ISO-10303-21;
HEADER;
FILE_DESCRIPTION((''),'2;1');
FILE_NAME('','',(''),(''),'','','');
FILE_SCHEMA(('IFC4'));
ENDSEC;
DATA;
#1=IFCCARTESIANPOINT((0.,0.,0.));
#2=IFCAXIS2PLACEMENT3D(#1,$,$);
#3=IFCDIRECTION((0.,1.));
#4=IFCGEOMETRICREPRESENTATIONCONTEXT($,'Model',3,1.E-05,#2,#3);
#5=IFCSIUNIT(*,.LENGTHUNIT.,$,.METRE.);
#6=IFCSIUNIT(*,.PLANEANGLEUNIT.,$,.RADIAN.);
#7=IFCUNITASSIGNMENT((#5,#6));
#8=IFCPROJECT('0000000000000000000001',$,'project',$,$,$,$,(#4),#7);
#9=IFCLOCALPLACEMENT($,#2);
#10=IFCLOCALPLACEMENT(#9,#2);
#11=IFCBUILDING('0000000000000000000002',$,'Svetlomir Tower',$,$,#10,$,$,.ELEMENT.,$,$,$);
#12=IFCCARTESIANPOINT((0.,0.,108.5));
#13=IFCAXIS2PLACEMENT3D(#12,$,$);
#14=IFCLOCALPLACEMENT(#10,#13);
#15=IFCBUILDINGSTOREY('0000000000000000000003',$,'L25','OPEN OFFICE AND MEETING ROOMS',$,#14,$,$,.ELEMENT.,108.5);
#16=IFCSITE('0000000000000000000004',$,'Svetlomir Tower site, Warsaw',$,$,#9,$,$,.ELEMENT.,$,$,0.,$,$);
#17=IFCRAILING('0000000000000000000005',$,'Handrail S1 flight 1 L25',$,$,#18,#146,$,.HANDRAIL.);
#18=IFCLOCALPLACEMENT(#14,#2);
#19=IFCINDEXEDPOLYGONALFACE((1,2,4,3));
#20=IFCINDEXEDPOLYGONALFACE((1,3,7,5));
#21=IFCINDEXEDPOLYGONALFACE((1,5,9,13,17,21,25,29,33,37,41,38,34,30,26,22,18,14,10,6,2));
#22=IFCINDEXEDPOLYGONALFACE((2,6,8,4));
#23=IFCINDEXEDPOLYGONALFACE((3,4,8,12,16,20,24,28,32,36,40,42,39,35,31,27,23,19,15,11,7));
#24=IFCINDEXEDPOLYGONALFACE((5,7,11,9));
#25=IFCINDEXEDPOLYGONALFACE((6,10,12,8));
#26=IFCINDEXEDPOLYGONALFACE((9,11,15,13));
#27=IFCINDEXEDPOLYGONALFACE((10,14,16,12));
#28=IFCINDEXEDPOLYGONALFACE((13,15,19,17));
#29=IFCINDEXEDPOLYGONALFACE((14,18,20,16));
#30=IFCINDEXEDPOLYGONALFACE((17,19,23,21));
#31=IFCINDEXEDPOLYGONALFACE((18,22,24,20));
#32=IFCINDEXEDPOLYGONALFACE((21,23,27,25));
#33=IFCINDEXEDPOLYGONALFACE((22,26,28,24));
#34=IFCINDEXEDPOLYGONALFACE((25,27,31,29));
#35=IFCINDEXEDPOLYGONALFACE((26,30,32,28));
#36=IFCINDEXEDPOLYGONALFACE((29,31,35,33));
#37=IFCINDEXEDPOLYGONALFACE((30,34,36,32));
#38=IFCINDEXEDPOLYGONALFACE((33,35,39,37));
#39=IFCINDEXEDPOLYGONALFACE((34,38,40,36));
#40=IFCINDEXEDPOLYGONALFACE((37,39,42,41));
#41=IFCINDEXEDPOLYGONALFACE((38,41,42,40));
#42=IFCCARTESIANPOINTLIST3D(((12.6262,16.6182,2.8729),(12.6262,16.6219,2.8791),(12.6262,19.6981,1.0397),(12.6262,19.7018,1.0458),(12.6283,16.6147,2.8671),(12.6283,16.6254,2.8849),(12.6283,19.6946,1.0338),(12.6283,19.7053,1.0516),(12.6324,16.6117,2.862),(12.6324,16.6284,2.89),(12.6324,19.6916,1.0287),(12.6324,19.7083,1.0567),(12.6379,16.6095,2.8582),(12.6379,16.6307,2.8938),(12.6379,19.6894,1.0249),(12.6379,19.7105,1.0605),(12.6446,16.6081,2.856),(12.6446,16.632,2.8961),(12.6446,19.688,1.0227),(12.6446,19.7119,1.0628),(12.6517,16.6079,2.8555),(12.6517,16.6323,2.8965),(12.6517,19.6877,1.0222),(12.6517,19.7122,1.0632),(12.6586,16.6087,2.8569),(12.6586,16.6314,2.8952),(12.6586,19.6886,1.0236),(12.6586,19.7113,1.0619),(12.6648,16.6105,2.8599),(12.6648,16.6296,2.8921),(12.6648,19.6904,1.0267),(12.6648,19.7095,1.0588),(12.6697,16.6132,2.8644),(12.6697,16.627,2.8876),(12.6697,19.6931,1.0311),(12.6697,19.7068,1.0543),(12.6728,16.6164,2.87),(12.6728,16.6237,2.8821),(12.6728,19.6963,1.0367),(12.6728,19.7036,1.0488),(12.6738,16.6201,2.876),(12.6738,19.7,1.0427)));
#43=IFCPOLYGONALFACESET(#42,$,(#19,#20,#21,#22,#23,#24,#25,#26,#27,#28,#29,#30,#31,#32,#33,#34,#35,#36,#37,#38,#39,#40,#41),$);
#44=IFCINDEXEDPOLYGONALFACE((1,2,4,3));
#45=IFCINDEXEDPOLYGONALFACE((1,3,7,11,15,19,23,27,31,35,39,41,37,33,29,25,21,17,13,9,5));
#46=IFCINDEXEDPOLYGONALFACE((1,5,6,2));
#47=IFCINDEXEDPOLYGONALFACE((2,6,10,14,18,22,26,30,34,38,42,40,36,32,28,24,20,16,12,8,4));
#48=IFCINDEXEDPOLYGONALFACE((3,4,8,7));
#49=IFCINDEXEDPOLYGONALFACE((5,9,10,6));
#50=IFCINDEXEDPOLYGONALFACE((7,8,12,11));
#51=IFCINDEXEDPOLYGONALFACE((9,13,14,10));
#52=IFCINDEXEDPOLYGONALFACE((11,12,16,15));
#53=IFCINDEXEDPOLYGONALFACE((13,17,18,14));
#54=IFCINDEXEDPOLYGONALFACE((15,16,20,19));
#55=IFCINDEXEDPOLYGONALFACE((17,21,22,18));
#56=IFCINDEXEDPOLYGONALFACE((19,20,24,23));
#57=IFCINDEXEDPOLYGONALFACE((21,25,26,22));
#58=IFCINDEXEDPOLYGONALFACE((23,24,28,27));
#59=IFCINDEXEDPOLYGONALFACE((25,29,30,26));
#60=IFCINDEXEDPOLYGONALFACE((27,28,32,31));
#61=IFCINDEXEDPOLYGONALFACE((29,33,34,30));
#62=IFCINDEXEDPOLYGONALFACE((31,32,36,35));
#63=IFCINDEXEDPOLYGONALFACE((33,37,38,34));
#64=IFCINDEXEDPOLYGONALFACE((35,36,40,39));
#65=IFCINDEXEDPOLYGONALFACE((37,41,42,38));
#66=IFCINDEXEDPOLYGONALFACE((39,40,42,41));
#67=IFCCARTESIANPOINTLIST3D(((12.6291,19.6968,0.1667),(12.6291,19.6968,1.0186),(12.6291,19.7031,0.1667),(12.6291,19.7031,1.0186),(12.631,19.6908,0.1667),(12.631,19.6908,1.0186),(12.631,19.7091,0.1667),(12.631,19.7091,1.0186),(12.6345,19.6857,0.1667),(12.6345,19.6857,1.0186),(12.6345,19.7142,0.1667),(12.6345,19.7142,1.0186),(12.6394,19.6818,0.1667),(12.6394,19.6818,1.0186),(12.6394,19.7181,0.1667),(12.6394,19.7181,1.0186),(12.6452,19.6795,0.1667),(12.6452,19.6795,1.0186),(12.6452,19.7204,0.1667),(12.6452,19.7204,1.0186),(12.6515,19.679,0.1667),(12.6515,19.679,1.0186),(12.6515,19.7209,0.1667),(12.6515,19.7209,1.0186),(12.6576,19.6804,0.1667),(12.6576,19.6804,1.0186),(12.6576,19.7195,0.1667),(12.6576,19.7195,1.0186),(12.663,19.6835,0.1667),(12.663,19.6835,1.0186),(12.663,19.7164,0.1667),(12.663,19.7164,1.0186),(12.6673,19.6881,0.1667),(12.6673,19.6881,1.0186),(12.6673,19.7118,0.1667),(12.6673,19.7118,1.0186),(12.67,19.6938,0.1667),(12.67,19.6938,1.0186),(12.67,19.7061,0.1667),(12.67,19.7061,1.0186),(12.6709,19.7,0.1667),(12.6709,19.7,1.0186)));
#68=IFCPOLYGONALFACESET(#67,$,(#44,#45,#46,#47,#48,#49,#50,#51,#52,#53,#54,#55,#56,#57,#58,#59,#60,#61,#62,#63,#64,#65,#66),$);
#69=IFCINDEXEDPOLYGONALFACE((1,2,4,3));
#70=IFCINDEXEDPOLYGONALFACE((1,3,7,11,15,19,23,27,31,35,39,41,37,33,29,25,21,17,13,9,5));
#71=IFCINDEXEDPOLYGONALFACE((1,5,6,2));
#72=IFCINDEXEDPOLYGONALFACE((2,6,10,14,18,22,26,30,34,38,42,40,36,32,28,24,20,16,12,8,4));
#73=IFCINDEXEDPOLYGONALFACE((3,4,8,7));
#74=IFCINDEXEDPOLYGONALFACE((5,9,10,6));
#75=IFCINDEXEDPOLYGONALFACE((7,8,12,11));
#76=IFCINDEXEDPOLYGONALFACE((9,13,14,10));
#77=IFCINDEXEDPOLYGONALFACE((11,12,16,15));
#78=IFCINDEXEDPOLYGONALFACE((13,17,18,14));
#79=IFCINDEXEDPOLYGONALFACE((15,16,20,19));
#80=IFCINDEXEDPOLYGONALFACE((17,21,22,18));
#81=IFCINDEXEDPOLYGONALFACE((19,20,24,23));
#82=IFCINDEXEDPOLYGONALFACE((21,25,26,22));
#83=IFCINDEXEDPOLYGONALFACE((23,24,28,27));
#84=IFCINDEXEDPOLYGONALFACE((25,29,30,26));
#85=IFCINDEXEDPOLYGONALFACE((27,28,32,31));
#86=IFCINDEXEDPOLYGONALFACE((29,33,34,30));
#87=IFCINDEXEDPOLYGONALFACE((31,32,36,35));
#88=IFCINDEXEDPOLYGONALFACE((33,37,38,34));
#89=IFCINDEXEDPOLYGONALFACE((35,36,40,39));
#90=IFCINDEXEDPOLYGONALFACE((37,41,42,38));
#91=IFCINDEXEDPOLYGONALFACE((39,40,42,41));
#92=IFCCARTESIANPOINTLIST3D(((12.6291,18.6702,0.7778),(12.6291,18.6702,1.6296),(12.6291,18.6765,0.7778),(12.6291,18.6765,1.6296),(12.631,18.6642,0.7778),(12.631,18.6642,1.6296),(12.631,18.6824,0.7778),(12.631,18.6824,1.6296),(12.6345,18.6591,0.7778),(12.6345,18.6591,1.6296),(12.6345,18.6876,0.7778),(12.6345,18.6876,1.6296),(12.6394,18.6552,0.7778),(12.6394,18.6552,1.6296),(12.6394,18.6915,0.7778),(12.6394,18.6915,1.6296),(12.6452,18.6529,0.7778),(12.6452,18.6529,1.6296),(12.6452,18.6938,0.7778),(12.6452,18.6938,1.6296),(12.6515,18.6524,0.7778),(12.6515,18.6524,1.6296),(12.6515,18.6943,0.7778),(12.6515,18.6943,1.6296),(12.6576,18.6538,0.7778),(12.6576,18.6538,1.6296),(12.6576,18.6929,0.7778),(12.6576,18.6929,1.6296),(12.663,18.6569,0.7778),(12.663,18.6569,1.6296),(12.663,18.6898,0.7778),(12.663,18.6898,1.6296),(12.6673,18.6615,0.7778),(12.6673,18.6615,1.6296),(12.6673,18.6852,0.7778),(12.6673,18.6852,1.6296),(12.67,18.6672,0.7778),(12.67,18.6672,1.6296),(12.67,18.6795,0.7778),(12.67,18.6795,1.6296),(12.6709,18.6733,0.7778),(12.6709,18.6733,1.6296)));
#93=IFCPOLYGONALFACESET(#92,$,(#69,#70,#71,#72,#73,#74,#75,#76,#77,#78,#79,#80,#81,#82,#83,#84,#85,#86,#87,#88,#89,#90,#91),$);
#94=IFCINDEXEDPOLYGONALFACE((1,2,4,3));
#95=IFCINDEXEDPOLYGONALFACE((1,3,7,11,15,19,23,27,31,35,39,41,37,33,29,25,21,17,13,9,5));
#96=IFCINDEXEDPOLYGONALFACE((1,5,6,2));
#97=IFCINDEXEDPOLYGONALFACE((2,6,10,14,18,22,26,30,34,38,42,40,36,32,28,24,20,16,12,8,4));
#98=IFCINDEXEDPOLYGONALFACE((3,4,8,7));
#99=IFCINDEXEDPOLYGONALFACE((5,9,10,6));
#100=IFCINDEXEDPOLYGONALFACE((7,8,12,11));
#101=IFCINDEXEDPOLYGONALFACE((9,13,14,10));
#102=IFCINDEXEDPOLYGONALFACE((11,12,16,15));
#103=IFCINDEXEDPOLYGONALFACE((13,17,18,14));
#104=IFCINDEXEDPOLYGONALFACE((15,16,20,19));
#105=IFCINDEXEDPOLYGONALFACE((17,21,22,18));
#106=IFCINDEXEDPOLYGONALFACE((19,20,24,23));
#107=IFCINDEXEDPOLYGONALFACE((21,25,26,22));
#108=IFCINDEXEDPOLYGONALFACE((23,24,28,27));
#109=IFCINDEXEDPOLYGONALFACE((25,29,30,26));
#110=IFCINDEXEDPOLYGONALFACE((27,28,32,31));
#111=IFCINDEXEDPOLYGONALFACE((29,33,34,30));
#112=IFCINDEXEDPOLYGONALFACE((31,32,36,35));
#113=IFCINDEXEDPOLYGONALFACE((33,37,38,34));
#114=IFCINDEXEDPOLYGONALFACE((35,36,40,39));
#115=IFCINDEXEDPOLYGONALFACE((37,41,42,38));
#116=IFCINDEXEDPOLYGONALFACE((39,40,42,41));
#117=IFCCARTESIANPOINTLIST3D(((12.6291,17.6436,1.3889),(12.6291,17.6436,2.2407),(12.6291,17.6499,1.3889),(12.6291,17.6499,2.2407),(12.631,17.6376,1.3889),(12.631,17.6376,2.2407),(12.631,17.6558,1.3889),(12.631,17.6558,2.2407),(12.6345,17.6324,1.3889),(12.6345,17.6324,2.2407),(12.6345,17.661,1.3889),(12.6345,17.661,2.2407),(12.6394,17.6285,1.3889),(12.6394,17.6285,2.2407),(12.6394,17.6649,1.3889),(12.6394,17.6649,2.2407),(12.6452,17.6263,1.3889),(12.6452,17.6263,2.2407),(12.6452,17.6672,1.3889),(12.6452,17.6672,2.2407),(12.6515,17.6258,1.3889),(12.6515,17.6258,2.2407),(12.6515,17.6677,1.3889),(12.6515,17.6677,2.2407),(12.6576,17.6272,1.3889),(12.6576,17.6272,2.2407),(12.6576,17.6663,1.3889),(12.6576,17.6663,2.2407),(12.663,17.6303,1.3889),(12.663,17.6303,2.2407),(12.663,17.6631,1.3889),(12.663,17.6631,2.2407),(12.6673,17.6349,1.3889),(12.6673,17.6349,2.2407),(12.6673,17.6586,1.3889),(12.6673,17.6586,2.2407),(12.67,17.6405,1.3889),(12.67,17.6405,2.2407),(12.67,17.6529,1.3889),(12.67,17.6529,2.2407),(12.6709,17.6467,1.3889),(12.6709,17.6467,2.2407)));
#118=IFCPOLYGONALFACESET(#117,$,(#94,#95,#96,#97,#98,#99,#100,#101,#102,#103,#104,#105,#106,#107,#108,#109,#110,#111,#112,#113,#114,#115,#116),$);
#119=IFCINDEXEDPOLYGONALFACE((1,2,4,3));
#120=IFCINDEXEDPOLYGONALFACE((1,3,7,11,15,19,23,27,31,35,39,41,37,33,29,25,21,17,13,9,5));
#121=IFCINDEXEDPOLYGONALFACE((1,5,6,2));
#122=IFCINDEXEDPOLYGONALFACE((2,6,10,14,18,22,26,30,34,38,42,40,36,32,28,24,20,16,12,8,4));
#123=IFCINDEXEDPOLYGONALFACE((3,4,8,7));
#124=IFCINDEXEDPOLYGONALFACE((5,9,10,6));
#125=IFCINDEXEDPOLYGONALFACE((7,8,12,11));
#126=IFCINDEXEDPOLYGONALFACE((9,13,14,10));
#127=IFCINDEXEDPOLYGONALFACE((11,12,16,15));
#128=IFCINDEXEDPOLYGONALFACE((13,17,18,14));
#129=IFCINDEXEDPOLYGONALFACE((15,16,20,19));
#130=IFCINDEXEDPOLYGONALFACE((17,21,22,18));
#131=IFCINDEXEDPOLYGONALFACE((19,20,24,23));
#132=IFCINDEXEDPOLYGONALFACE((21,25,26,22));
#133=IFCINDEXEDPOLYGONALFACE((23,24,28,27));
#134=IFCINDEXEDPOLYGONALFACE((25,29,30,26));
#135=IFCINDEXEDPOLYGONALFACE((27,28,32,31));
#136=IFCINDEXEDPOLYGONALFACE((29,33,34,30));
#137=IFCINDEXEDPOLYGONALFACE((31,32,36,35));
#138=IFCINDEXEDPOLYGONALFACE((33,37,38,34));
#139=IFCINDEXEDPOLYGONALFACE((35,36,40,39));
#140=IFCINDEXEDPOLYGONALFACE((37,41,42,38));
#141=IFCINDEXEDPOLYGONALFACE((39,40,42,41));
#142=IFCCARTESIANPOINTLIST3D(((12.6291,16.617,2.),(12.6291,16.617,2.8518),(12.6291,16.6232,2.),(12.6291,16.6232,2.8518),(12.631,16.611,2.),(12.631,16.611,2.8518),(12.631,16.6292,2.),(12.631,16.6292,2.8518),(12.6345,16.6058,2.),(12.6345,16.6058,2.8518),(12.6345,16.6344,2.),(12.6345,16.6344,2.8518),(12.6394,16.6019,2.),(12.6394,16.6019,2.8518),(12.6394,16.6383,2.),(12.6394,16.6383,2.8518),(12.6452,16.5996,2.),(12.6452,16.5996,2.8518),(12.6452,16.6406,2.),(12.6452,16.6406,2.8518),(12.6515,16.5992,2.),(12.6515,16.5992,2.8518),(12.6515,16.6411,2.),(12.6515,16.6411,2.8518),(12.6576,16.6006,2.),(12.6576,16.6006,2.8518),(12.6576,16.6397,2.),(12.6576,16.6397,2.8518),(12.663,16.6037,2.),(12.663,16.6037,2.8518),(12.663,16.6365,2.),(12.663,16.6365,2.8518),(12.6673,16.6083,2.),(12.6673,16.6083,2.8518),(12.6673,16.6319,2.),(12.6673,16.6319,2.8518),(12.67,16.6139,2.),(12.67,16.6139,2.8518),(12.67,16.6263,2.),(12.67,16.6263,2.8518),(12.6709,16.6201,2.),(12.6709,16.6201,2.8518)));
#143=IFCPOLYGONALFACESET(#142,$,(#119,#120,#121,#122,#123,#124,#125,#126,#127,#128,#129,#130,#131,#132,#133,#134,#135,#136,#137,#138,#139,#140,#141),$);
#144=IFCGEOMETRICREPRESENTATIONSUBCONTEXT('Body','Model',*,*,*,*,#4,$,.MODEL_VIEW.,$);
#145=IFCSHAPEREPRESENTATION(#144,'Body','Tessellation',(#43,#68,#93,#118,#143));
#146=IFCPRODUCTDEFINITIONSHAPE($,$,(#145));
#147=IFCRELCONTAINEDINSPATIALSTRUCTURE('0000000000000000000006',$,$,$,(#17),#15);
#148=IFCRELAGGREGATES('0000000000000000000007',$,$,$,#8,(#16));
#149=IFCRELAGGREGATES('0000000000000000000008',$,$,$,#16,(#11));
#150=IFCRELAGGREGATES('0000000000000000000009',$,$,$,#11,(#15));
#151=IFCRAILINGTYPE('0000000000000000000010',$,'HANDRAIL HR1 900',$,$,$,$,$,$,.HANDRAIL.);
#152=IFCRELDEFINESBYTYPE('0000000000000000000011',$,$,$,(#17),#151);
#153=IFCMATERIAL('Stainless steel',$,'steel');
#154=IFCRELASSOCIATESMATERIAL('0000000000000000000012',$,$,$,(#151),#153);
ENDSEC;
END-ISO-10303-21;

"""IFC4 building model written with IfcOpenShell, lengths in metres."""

from ifc_helpers import new_model, si_unit, direction, frame, origin, origin_2d, place, context, subcontext, project, spatial, circle, extrude, material, type_object, element, save


model = new_model("IFC4")

# Units and contexts
model_context = context("Model", 3, precision=1e-05, world=origin(), true_north=direction((0.0, 1.0)))
body_context = subcontext(model_context, "Body", "Model", "MODEL_VIEW")
ifc_project = project(units=[si_unit("LENGTHUNIT", "METRE"), si_unit("PLANEANGLEUNIT", "RADIAN")], contexts=[model_context])

# Site, building, storey
site_placement = place(None, origin())
site = spatial("IfcSite", under=ifc_project, at=site_placement, Name="Svetlomir Tower site, Warsaw", CompositionType="ELEMENT", RefElevation=0.0)
building_placement = place(site_placement, origin())
building = spatial("IfcBuilding", under=site, at=building_placement, Name="Svetlomir Tower", CompositionType="ELEMENT")
storey_placement = place(building_placement, frame((0.0, 0.0, 108.5)))
storey = spatial("IfcBuildingStorey", under=building, at=storey_placement, Name="L25", Description="OPEN OFFICE AND MEETING ROOMS", CompositionType="ELEMENT", Elevation=108.5)

# Railing
ifc_material_1 = material(Name="Stainless steel", Category="steel")
railing_type = type_object("IfcRailingType", Name="HANDRAIL HR1 900", PredefinedType="HANDRAIL", material=ifc_material_1)
railing_placement = place(storey_placement, frame((12.6499, 19.7, 0.1667)))
element("IfcRailing", 1, at=railing_placement, inside=storey, type_object=railing_type, Name="Handrail S1 flight 1 L25", PredefinedType="HANDRAIL", context=body_context, shape_type="SweptSolid", body=[
    extrude(circle(Radius=0.0239, at=origin_2d()), frame((0.0, 0.0, 0.876), z_axis=(0.0, -0.859291, 0.511487), x_axis=(1.0, 0.0, 0.0)), (0.0, 0.0, 1.0), 3.5842),
    extrude(circle(Radius=0.021, at=origin_2d()), origin(), (0.0, 0.0, 1.0), 0.8518),
    extrude(circle(Radius=0.021, at=origin_2d()), frame((0.0, -1.0266, 0.6111)), (0.0, 0.0, 1.0), 0.8518),
    extrude(circle(Radius=0.021, at=origin_2d()), frame((0.0, -2.0532, 1.2222)), (0.0, 0.0, 1.0), 0.8518),
    extrude(circle(Radius=0.021, at=origin_2d()), frame((0.0, -3.0798, 1.8333)), (0.0, 0.0, 1.0), 0.8518),
])

save(model, "model.ifc")
